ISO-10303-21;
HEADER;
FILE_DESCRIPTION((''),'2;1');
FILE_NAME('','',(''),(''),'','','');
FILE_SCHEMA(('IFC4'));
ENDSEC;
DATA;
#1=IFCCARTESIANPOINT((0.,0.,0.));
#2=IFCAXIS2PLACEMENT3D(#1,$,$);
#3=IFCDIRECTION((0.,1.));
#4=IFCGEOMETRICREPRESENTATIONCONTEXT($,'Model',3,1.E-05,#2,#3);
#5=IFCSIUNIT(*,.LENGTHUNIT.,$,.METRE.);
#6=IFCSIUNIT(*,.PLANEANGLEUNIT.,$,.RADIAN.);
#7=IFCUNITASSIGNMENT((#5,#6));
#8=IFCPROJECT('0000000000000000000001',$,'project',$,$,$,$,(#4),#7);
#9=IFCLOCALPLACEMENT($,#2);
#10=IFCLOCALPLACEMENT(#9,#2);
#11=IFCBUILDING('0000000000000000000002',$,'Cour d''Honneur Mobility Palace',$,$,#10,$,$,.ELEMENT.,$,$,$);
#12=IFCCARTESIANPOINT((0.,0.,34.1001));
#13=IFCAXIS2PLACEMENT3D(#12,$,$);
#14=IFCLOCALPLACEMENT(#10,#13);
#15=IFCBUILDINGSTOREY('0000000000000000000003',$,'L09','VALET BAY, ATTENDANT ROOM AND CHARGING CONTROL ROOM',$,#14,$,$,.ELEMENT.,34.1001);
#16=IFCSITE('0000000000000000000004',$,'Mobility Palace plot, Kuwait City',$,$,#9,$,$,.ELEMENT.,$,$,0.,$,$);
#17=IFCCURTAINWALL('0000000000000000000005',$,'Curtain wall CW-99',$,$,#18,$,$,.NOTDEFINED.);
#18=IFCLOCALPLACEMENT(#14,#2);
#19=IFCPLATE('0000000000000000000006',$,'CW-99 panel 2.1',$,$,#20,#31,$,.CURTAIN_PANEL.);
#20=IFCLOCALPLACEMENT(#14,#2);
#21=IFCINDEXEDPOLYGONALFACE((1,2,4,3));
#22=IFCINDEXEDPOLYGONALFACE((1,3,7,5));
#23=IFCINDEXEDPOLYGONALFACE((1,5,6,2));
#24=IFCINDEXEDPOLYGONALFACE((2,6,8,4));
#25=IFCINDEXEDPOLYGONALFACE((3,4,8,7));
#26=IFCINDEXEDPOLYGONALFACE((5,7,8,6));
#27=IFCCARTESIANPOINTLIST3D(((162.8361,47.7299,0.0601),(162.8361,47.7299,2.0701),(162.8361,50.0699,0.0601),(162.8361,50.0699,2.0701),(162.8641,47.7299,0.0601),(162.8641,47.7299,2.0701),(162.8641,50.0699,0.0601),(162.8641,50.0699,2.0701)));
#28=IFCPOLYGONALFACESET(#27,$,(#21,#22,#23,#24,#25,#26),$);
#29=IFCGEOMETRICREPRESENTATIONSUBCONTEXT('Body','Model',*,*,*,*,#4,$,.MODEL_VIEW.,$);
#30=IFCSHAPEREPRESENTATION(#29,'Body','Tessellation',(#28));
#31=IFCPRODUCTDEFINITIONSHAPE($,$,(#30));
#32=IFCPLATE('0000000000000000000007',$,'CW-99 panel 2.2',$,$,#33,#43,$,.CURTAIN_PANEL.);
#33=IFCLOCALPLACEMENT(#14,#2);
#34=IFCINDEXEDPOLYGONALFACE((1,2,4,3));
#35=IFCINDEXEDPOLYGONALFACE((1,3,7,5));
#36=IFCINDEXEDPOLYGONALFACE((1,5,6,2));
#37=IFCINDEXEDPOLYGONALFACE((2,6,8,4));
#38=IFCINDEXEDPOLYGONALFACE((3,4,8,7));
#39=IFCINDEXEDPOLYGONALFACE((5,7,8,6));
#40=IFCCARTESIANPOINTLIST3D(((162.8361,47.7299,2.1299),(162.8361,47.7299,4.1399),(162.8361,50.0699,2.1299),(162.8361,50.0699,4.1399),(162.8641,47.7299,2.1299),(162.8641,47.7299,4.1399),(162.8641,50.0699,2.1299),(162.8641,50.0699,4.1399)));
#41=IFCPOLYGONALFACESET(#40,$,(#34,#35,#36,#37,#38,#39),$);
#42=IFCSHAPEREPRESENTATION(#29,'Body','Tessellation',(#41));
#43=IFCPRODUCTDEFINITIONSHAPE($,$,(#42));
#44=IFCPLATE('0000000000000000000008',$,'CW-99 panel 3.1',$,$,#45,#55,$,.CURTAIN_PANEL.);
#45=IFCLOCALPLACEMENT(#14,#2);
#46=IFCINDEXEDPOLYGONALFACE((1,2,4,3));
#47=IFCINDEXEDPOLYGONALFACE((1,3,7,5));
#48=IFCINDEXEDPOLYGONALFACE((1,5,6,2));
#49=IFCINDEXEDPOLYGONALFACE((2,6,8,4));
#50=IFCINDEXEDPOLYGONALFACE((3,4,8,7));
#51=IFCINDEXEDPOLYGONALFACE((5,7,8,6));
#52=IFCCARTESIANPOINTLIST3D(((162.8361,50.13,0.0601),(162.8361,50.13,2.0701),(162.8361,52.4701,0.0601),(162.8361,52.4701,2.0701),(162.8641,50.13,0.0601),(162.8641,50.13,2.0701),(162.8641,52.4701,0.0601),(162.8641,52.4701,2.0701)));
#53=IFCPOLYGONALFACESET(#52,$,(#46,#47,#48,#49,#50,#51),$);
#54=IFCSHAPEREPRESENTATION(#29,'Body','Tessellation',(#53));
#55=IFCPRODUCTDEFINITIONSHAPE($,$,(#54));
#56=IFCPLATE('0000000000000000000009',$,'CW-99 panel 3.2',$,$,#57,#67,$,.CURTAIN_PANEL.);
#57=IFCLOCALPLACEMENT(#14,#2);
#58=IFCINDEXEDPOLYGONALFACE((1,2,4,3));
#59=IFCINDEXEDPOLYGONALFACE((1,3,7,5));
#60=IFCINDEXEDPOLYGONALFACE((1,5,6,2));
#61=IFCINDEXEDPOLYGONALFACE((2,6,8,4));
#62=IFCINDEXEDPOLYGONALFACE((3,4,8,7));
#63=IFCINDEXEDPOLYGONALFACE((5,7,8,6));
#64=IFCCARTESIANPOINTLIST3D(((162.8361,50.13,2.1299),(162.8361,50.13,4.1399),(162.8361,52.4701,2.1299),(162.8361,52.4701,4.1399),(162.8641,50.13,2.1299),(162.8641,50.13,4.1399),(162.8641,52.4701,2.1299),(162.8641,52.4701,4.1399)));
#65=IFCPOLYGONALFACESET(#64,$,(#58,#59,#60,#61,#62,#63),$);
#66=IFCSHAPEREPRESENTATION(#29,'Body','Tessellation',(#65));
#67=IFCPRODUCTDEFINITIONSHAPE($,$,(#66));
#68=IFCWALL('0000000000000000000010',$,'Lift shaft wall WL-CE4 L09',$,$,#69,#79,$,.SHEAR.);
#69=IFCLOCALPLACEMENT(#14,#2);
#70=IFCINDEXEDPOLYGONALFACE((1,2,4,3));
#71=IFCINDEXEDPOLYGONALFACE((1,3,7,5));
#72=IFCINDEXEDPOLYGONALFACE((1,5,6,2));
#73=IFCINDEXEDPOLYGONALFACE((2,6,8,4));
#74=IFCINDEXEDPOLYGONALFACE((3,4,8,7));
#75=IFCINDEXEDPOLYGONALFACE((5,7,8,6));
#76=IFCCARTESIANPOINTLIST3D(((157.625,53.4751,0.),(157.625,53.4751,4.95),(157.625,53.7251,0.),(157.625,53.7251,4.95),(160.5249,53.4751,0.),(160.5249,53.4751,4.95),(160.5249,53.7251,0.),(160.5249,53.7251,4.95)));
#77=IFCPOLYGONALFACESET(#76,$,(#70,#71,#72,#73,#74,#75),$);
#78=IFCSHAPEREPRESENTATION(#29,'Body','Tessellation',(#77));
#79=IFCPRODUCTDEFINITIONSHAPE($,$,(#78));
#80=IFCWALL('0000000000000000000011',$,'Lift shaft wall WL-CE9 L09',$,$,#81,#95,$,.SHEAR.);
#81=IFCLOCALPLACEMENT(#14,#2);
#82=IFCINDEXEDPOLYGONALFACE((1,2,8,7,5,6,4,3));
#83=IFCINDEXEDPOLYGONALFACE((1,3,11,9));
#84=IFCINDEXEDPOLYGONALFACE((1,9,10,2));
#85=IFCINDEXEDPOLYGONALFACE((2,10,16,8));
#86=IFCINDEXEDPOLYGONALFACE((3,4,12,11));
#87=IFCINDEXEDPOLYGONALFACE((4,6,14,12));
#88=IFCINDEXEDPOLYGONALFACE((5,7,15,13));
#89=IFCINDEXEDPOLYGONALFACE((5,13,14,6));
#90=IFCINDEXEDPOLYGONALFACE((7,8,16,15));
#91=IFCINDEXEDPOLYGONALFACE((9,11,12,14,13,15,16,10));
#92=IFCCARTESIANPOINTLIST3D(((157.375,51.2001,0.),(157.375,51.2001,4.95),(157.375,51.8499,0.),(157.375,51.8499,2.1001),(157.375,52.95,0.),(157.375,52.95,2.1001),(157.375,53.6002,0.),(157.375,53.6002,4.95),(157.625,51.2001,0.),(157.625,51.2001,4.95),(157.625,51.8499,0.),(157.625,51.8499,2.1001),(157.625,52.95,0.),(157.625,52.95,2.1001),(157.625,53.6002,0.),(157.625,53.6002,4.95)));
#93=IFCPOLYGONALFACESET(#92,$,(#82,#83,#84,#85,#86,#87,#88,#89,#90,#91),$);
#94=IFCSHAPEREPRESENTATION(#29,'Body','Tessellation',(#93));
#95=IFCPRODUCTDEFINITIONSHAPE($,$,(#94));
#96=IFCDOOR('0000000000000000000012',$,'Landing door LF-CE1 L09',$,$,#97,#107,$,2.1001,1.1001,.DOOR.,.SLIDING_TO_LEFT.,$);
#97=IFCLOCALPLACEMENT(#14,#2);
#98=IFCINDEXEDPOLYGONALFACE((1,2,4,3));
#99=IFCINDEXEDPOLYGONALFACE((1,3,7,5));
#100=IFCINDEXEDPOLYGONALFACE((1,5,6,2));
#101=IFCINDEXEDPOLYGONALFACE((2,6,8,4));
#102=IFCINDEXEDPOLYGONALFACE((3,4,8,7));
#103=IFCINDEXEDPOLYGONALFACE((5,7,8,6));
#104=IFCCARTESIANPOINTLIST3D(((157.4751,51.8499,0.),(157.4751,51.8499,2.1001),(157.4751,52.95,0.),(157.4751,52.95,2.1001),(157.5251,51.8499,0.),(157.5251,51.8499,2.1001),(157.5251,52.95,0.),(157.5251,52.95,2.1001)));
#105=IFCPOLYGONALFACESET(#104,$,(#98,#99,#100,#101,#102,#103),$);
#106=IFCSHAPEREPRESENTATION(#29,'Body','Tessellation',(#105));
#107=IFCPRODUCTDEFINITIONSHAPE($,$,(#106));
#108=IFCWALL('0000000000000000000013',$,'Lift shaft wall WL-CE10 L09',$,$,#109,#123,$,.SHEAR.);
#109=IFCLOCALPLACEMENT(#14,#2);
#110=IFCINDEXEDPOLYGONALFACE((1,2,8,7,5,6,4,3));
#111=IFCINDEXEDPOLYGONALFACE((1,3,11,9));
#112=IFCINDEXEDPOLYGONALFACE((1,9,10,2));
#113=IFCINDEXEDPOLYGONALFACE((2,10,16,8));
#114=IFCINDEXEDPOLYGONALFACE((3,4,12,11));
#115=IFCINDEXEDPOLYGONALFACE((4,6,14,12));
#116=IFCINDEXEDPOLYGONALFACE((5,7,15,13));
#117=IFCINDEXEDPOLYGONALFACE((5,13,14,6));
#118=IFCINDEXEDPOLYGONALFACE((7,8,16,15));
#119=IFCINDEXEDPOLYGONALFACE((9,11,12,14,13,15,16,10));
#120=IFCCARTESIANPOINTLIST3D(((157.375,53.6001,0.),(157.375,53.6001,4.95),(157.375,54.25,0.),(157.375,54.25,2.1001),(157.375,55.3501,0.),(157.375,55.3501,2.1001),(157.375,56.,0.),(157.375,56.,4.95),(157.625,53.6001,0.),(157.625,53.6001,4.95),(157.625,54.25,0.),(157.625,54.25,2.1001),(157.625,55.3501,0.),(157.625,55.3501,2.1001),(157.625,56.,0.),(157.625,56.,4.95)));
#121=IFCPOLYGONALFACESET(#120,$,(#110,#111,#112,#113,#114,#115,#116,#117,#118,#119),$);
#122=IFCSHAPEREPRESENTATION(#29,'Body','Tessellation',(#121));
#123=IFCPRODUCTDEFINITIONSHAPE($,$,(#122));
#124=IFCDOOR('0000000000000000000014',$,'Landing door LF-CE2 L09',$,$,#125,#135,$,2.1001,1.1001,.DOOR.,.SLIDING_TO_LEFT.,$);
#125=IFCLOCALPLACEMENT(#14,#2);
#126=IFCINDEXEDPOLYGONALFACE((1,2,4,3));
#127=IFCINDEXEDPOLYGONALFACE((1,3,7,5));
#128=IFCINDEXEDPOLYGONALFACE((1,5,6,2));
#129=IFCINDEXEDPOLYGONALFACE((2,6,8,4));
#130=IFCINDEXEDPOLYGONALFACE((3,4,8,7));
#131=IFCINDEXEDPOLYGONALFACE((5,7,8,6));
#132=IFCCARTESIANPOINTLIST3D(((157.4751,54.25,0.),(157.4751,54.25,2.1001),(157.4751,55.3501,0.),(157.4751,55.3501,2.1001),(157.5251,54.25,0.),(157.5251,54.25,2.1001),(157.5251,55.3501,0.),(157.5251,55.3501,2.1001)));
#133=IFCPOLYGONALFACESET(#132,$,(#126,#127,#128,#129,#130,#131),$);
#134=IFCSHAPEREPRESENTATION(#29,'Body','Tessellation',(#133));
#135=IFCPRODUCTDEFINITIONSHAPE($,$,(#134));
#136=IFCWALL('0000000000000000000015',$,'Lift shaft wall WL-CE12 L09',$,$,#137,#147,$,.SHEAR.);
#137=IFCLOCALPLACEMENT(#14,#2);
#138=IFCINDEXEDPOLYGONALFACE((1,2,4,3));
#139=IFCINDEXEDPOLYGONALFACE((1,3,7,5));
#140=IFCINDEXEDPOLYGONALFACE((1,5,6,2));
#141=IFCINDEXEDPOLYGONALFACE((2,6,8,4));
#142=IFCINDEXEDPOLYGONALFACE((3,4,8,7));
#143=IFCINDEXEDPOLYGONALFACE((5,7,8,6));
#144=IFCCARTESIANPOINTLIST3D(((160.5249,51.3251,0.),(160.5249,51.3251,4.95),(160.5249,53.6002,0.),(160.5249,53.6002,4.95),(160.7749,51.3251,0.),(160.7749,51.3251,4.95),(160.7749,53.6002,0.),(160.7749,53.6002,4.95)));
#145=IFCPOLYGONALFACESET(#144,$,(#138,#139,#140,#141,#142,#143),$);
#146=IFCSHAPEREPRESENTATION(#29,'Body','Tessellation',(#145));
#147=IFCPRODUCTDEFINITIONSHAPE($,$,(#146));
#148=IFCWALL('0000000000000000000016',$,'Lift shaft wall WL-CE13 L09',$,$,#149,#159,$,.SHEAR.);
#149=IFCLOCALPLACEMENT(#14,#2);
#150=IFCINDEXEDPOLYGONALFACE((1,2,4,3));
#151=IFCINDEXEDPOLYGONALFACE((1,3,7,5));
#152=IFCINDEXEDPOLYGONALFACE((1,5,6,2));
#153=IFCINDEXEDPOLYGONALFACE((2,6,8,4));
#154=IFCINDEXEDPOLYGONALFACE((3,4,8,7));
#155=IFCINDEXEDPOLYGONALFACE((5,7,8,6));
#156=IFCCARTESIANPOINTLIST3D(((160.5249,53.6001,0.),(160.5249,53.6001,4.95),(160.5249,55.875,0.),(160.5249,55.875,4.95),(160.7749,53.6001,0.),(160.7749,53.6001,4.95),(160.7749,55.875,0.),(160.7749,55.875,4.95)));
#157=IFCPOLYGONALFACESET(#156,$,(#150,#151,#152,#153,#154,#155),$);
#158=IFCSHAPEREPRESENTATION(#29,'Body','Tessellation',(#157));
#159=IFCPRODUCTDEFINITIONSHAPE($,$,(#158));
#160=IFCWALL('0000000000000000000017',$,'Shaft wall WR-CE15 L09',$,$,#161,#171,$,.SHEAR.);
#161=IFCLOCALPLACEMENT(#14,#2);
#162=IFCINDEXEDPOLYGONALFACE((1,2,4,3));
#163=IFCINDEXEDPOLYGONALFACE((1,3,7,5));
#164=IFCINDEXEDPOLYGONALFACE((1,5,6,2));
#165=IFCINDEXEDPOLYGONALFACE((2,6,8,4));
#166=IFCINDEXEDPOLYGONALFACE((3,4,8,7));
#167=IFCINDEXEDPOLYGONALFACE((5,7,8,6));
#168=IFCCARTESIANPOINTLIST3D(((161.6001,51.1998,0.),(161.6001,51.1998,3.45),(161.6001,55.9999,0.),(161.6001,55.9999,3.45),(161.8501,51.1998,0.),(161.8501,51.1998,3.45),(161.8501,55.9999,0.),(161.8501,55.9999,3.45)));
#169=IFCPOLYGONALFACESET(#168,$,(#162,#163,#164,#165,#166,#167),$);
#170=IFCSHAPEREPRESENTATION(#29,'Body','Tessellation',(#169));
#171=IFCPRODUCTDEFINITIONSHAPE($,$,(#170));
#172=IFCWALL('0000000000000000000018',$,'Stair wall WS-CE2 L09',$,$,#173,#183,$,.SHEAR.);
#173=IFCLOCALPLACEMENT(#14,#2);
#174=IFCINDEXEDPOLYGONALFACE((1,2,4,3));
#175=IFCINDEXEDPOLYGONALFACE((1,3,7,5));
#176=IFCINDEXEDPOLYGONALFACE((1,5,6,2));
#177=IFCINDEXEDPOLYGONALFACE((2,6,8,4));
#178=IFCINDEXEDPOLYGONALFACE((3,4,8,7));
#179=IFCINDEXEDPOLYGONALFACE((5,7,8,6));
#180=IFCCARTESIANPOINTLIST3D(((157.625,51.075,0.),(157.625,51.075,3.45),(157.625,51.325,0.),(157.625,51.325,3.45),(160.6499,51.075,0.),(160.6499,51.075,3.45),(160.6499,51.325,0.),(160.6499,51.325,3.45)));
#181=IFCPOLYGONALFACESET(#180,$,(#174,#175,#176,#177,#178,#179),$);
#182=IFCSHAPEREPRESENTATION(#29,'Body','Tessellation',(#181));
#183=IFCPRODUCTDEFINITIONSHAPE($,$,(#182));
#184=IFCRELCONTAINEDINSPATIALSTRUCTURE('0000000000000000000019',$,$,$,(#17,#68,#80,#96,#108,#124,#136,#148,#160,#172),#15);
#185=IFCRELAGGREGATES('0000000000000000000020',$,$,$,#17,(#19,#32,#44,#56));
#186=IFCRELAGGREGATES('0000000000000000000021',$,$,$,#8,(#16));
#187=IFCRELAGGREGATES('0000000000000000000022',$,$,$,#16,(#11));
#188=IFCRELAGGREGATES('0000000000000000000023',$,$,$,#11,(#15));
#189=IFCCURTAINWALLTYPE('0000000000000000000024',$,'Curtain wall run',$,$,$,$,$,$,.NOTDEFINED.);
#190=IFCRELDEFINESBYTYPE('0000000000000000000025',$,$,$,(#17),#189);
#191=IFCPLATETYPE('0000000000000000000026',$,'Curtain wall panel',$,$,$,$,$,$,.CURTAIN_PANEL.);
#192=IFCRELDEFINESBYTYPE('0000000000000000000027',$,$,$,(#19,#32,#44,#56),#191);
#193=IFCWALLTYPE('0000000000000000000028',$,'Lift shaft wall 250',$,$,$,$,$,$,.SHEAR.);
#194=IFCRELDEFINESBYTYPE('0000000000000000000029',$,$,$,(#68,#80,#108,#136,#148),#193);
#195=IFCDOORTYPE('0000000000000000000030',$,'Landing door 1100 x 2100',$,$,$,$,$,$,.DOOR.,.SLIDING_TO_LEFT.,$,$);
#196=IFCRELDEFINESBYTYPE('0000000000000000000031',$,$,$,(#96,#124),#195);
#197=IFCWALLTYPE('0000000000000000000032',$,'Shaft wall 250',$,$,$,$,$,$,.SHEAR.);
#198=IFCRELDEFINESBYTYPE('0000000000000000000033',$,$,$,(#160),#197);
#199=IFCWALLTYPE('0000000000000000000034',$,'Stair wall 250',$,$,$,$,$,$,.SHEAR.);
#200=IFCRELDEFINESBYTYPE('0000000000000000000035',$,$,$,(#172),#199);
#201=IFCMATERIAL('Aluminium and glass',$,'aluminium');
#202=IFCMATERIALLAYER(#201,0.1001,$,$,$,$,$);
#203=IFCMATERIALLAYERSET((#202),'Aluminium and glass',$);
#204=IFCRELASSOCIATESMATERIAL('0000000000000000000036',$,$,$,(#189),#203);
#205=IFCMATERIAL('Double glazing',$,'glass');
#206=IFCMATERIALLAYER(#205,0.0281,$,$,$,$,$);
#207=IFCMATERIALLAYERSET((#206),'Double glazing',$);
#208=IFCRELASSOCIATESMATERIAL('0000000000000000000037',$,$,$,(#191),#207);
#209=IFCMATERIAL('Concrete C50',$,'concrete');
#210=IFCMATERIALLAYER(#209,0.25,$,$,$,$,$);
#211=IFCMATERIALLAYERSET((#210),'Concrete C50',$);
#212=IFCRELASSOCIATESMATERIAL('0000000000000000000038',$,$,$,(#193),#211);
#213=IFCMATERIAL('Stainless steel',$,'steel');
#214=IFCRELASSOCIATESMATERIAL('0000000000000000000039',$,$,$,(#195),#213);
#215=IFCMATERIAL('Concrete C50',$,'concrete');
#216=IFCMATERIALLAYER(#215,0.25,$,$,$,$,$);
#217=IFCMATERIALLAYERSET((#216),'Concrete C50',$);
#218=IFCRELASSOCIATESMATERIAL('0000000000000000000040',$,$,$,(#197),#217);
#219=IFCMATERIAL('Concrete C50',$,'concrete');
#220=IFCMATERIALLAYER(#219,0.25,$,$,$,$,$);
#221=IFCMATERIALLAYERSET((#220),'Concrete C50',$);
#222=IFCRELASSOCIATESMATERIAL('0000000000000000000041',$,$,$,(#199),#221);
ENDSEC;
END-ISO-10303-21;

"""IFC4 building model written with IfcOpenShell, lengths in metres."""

from ifc_helpers import new_model, si_unit, direction, frame, frame_2d, origin, origin_2d, place, context, subcontext, project, spatial, rectangle, extrude, material, layer, layer_set, type_object, element, fill, aggregate, save


model = new_model("IFC4")

# Units and contexts
model_context = context("Model", 3, precision=1e-05, world=origin(), true_north=direction((0.0, 1.0)))
body_context = subcontext(model_context, "Body", "Model", "MODEL_VIEW")
ifc_project = project(units=[si_unit("LENGTHUNIT", "METRE"), si_unit("PLANEANGLEUNIT", "RADIAN")], contexts=[model_context])

# Site, building, storey
site_placement = place(None, origin())
site = spatial("IfcSite", under=ifc_project, at=site_placement, Name="Mobility Palace plot, Kuwait City", CompositionType="ELEMENT", RefElevation=0.0)
building_placement = place(site_placement, origin())
building = spatial("IfcBuilding", under=site, at=building_placement, Name="Cour d'Honneur Mobility Palace", CompositionType="ELEMENT")
storey_placement = place(building_placement, frame((0.0, 0.0, 34.1001)))
storey = spatial("IfcBuildingStorey", under=building, at=storey_placement, Name="L09", Description="VALET BAY, ATTENDANT ROOM AND CHARGING CONTROL ROOM", CompositionType="ELEMENT", Elevation=34.1001)

# Curtain wall, plates
ifc_material_1 = material(Name="Aluminium and glass", Category="aluminium")
ifc_layer_1 = layer(ifc_material_1, 0.1001)
ifc_layer_set_1 = layer_set([ifc_layer_1], Name="Aluminium and glass")
curtain_wall_type = type_object("IfcCurtainWallType", Name="Curtain wall run", PredefinedType="NOTDEFINED", material=ifc_layer_set_1)
curtain_wall_placement = place(storey_placement, origin())
curtain_wall = element("IfcCurtainWall", 1, at=curtain_wall_placement, inside=storey, type_object=curtain_wall_type, Name="Curtain wall CW-99", PredefinedType="NOTDEFINED")
ifc_material_2 = material(Name="Double glazing", Category="glass")
ifc_layer_2 = layer(ifc_material_2, 0.0281)
ifc_layer_set_2 = layer_set([ifc_layer_2], Name="Double glazing")
plate_type = type_object("IfcPlateType", Name="Curtain wall panel", PredefinedType="CURTAIN_PANEL", material=ifc_layer_set_2)
plate_1_placement = place(storey_placement, frame((162.8501, 48.8999, 0.0601), z_axis=(0.0, 0.0, 1.0), x_axis=(0.0, 1.0, 0.0)))
plate_1 = element("IfcPlate", 2, at=plate_1_placement, type_object=plate_type, Name="CW-99 panel 2.1", PredefinedType="CURTAIN_PANEL", context=body_context, shape_type="SweptSolid", body=[
    extrude(rectangle(XDim=2.3401, YDim=0.0281, at=origin_2d()), origin(), (0.0, 0.0, 1.0), 2.01),
])
plate_2_placement = place(storey_placement, frame((162.8501, 48.8999, 2.1299), z_axis=(0.0, 0.0, 1.0), x_axis=(0.0, 1.0, 0.0)))
plate_2 = element("IfcPlate", 3, at=plate_2_placement, type_object=plate_type, Name="CW-99 panel 2.2", PredefinedType="CURTAIN_PANEL", context=body_context, shape_type="SweptSolid", body=[
    extrude(rectangle(XDim=2.3401, YDim=0.0281, at=origin_2d()), origin(), (0.0, 0.0, 1.0), 2.01),
])
plate_3_placement = place(storey_placement, frame((162.8501, 51.3, 0.0601), z_axis=(0.0, 0.0, 1.0), x_axis=(0.0, 1.0, 0.0)))
plate_3 = element("IfcPlate", 4, at=plate_3_placement, type_object=plate_type, Name="CW-99 panel 3.1", PredefinedType="CURTAIN_PANEL", context=body_context, shape_type="SweptSolid", body=[
    extrude(rectangle(XDim=2.3401, YDim=0.0281, at=origin_2d()), origin(), (0.0, 0.0, 1.0), 2.01),
])
plate_4_placement = place(storey_placement, frame((162.8501, 51.3, 2.1299), z_axis=(0.0, 0.0, 1.0), x_axis=(0.0, 1.0, 0.0)))
plate_4 = element("IfcPlate", 5, at=plate_4_placement, type_object=plate_type, Name="CW-99 panel 3.2", PredefinedType="CURTAIN_PANEL", context=body_context, shape_type="SweptSolid", body=[
    extrude(rectangle(XDim=2.3401, YDim=0.0281, at=origin_2d()), origin(), (0.0, 0.0, 1.0), 2.01),
])
aggregate(curtain_wall, [plate_1, plate_2, plate_3, plate_4])

# Wall
ifc_material_3 = material(Name="Concrete C50", Category="concrete")
ifc_layer_3 = layer(ifc_material_3, 0.25)
ifc_layer_set_3 = layer_set([ifc_layer_3], Name="Concrete C50")
wall_type_1 = type_object("IfcWallType", Name="Lift shaft wall 250", PredefinedType="SHEAR", material=ifc_layer_set_3)
wall_1_placement = place(storey_placement, frame((157.625, 53.6001, 0.0), z_axis=(0.0, 0.0, 1.0), x_axis=(1.0, 0.0, 0.0)))
element("IfcWall", 6, at=wall_1_placement, inside=storey, type_object=wall_type_1, Name="Lift shaft wall WL-CE4 L09", PredefinedType="SHEAR", context=body_context, shape_type="SweptSolid", body=[
    extrude(rectangle(XDim=2.8999, YDim=0.25, at=frame_2d((1.45, 0.0))), origin(), (0.0, 0.0, 1.0), 4.95),
])

# Walls, openings, doors
wall_2_placement = place(storey_placement, frame((157.5, 51.2, 0.0), z_axis=(0.0, 0.0, 1.0), x_axis=(0.0, 1.0, 0.0)))
wall_2 = element("IfcWall", 7, at=wall_2_placement, inside=storey, type_object=wall_type_1, Name="Lift shaft wall WL-CE9 L09", PredefinedType="SHEAR", context=body_context, shape_type="SweptSolid", body=[
    extrude(rectangle(XDim=2.4001, YDim=0.25, at=frame_2d((1.2002, 0.0))), origin(), (0.0, 0.0, 1.0), 4.95),
])
opening_1_placement = place(wall_2_placement, frame((0.6499, 0.0, 0.0)))
opening_1 = element("IfcOpeningElement", 8, at=opening_1_placement, cuts=wall_2, PredefinedType="OPENING", context=body_context, shape_type="SweptSolid", body=[
    extrude(rectangle(XDim=1.1001, YDim=2.1001, at=frame_2d((0.55, 1.05))), frame((0.0, 0.135, 0.0), z_axis=(0.0, -1.0, 0.0), x_axis=(1.0, 0.0, 0.0)), (0.0, 0.0, 1.0), 0.27),
])
ifc_material_4 = material(Name="Stainless steel", Category="steel")
door_type_1 = type_object("IfcDoorType", Name="Landing door 1100 x 2100", OperationType="SLIDING_TO_LEFT", PredefinedType="DOOR", material=ifc_material_4)
door_1_placement = place(opening_1_placement, origin())
door_1 = element("IfcDoor", 9, at=door_1_placement, inside=storey, type_object=door_type_1, Name="Landing door LF-CE1 L09", OperationType="SLIDING_TO_LEFT", OverallHeight=2.1001, OverallWidth=1.1001, PredefinedType="DOOR", context=body_context, shape_type="SweptSolid", body=[
    extrude(rectangle(XDim=1.1001, YDim=2.1001, at=frame_2d((0.55, 1.05))), frame((0.0, 0.0249, 0.0), z_axis=(0.0, -1.0, 0.0), x_axis=(1.0, 0.0, 0.0)), (0.0, 0.0, 1.0), 0.05),
])
fill(opening_1, door_1)
wall_3_placement = place(storey_placement, frame((157.5, 53.6001, 0.0), z_axis=(0.0, 0.0, 1.0), x_axis=(0.0, 1.0, 0.0)))
wall_3 = element("IfcWall", 10, at=wall_3_placement, inside=storey, type_object=wall_type_1, Name="Lift shaft wall WL-CE10 L09", PredefinedType="SHEAR", context=body_context, shape_type="SweptSolid", body=[
    extrude(rectangle(XDim=2.3999, YDim=0.25, at=frame_2d((1.2, 0.0))), origin(), (0.0, 0.0, 1.0), 4.95),
])
opening_2_placement = place(wall_3_placement, frame((0.6499, 0.0, 0.0)))
opening_2 = element("IfcOpeningElement", 11, at=opening_2_placement, cuts=wall_3, PredefinedType="OPENING", context=body_context, shape_type="SweptSolid", body=[
    extrude(rectangle(XDim=1.1001, YDim=2.1001, at=frame_2d((0.55, 1.05))), frame((0.0, 0.135, 0.0), z_axis=(0.0, -1.0, 0.0), x_axis=(1.0, 0.0, 0.0)), (0.0, 0.0, 1.0), 0.27),
])
door_2_placement = place(opening_2_placement, origin())
door_2 = element("IfcDoor", 12, at=door_2_placement, inside=storey, type_object=door_type_1, Name="Landing door LF-CE2 L09", OperationType="SLIDING_TO_LEFT", OverallHeight=2.1001, OverallWidth=1.1001, PredefinedType="DOOR", context=body_context, shape_type="SweptSolid", body=[
    extrude(rectangle(XDim=1.1001, YDim=2.1001, at=frame_2d((0.55, 1.05))), frame((0.0, 0.0249, 0.0), z_axis=(0.0, -1.0, 0.0), x_axis=(1.0, 0.0, 0.0)), (0.0, 0.0, 1.0), 0.05),
])
fill(opening_2, door_2)

# Walls
wall_4_placement = place(storey_placement, frame((160.6499, 51.325, 0.0), z_axis=(0.0, 0.0, 1.0), x_axis=(0.0, 1.0, 0.0)))
element("IfcWall", 13, at=wall_4_placement, inside=storey, type_object=wall_type_1, Name="Lift shaft wall WL-CE12 L09", PredefinedType="SHEAR", context=body_context, shape_type="SweptSolid", body=[
    extrude(rectangle(XDim=2.2751, YDim=0.25, at=frame_2d((1.1377, 0.0))), origin(), (0.0, 0.0, 1.0), 4.95),
])
wall_5_placement = place(storey_placement, frame((160.6499, 53.6001, 0.0), z_axis=(0.0, 0.0, 1.0), x_axis=(0.0, 1.0, 0.0)))
element("IfcWall", 14, at=wall_5_placement, inside=storey, type_object=wall_type_1, Name="Lift shaft wall WL-CE13 L09", PredefinedType="SHEAR", context=body_context, shape_type="SweptSolid", body=[
    extrude(rectangle(XDim=2.2749, YDim=0.25, at=frame_2d((1.1375, 0.0))), origin(), (0.0, 0.0, 1.0), 4.95),
])
ifc_material_5 = material(Name="Concrete C50", Category="concrete")
ifc_layer_4 = layer(ifc_material_5, 0.25)
ifc_layer_set_4 = layer_set([ifc_layer_4], Name="Concrete C50")
wall_type_2 = type_object("IfcWallType", Name="Shaft wall 250", PredefinedType="SHEAR", material=ifc_layer_set_4)
wall_6_placement = place(storey_placement, frame((161.7251, 51.2, 0.0), z_axis=(0.0, 0.0, 1.0), x_axis=(0.0, 1.0, 0.0)))
element("IfcWall", 15, at=wall_6_placement, inside=storey, type_object=wall_type_2, Name="Shaft wall WR-CE15 L09", PredefinedType="SHEAR", context=body_context, shape_type="SweptSolid", body=[
    extrude(rectangle(XDim=4.8, YDim=0.25, at=frame_2d((2.3999, 0.0))), origin(), (0.0, 0.0, 1.0), 3.45),
])
ifc_material_6 = material(Name="Concrete C50", Category="concrete")
ifc_layer_5 = layer(ifc_material_6, 0.25)
ifc_layer_set_5 = layer_set([ifc_layer_5], Name="Concrete C50")
wall_type_3 = type_object("IfcWallType", Name="Stair wall 250", PredefinedType="SHEAR", material=ifc_layer_set_5)
wall_7_placement = place(storey_placement, frame((157.625, 51.2, 0.0), z_axis=(0.0, 0.0, 1.0), x_axis=(1.0, 0.0, 0.0)))
element("IfcWall", 16, at=wall_7_placement, inside=storey, type_object=wall_type_3, Name="Stair wall WS-CE2 L09", PredefinedType="SHEAR", context=body_context, shape_type="SweptSolid", body=[
    extrude(rectangle(XDim=3.0249, YDim=0.25, at=frame_2d((1.5125, 0.0))), origin(), (0.0, 0.0, 1.0), 3.45),
])

save(model, "model.ifc")
